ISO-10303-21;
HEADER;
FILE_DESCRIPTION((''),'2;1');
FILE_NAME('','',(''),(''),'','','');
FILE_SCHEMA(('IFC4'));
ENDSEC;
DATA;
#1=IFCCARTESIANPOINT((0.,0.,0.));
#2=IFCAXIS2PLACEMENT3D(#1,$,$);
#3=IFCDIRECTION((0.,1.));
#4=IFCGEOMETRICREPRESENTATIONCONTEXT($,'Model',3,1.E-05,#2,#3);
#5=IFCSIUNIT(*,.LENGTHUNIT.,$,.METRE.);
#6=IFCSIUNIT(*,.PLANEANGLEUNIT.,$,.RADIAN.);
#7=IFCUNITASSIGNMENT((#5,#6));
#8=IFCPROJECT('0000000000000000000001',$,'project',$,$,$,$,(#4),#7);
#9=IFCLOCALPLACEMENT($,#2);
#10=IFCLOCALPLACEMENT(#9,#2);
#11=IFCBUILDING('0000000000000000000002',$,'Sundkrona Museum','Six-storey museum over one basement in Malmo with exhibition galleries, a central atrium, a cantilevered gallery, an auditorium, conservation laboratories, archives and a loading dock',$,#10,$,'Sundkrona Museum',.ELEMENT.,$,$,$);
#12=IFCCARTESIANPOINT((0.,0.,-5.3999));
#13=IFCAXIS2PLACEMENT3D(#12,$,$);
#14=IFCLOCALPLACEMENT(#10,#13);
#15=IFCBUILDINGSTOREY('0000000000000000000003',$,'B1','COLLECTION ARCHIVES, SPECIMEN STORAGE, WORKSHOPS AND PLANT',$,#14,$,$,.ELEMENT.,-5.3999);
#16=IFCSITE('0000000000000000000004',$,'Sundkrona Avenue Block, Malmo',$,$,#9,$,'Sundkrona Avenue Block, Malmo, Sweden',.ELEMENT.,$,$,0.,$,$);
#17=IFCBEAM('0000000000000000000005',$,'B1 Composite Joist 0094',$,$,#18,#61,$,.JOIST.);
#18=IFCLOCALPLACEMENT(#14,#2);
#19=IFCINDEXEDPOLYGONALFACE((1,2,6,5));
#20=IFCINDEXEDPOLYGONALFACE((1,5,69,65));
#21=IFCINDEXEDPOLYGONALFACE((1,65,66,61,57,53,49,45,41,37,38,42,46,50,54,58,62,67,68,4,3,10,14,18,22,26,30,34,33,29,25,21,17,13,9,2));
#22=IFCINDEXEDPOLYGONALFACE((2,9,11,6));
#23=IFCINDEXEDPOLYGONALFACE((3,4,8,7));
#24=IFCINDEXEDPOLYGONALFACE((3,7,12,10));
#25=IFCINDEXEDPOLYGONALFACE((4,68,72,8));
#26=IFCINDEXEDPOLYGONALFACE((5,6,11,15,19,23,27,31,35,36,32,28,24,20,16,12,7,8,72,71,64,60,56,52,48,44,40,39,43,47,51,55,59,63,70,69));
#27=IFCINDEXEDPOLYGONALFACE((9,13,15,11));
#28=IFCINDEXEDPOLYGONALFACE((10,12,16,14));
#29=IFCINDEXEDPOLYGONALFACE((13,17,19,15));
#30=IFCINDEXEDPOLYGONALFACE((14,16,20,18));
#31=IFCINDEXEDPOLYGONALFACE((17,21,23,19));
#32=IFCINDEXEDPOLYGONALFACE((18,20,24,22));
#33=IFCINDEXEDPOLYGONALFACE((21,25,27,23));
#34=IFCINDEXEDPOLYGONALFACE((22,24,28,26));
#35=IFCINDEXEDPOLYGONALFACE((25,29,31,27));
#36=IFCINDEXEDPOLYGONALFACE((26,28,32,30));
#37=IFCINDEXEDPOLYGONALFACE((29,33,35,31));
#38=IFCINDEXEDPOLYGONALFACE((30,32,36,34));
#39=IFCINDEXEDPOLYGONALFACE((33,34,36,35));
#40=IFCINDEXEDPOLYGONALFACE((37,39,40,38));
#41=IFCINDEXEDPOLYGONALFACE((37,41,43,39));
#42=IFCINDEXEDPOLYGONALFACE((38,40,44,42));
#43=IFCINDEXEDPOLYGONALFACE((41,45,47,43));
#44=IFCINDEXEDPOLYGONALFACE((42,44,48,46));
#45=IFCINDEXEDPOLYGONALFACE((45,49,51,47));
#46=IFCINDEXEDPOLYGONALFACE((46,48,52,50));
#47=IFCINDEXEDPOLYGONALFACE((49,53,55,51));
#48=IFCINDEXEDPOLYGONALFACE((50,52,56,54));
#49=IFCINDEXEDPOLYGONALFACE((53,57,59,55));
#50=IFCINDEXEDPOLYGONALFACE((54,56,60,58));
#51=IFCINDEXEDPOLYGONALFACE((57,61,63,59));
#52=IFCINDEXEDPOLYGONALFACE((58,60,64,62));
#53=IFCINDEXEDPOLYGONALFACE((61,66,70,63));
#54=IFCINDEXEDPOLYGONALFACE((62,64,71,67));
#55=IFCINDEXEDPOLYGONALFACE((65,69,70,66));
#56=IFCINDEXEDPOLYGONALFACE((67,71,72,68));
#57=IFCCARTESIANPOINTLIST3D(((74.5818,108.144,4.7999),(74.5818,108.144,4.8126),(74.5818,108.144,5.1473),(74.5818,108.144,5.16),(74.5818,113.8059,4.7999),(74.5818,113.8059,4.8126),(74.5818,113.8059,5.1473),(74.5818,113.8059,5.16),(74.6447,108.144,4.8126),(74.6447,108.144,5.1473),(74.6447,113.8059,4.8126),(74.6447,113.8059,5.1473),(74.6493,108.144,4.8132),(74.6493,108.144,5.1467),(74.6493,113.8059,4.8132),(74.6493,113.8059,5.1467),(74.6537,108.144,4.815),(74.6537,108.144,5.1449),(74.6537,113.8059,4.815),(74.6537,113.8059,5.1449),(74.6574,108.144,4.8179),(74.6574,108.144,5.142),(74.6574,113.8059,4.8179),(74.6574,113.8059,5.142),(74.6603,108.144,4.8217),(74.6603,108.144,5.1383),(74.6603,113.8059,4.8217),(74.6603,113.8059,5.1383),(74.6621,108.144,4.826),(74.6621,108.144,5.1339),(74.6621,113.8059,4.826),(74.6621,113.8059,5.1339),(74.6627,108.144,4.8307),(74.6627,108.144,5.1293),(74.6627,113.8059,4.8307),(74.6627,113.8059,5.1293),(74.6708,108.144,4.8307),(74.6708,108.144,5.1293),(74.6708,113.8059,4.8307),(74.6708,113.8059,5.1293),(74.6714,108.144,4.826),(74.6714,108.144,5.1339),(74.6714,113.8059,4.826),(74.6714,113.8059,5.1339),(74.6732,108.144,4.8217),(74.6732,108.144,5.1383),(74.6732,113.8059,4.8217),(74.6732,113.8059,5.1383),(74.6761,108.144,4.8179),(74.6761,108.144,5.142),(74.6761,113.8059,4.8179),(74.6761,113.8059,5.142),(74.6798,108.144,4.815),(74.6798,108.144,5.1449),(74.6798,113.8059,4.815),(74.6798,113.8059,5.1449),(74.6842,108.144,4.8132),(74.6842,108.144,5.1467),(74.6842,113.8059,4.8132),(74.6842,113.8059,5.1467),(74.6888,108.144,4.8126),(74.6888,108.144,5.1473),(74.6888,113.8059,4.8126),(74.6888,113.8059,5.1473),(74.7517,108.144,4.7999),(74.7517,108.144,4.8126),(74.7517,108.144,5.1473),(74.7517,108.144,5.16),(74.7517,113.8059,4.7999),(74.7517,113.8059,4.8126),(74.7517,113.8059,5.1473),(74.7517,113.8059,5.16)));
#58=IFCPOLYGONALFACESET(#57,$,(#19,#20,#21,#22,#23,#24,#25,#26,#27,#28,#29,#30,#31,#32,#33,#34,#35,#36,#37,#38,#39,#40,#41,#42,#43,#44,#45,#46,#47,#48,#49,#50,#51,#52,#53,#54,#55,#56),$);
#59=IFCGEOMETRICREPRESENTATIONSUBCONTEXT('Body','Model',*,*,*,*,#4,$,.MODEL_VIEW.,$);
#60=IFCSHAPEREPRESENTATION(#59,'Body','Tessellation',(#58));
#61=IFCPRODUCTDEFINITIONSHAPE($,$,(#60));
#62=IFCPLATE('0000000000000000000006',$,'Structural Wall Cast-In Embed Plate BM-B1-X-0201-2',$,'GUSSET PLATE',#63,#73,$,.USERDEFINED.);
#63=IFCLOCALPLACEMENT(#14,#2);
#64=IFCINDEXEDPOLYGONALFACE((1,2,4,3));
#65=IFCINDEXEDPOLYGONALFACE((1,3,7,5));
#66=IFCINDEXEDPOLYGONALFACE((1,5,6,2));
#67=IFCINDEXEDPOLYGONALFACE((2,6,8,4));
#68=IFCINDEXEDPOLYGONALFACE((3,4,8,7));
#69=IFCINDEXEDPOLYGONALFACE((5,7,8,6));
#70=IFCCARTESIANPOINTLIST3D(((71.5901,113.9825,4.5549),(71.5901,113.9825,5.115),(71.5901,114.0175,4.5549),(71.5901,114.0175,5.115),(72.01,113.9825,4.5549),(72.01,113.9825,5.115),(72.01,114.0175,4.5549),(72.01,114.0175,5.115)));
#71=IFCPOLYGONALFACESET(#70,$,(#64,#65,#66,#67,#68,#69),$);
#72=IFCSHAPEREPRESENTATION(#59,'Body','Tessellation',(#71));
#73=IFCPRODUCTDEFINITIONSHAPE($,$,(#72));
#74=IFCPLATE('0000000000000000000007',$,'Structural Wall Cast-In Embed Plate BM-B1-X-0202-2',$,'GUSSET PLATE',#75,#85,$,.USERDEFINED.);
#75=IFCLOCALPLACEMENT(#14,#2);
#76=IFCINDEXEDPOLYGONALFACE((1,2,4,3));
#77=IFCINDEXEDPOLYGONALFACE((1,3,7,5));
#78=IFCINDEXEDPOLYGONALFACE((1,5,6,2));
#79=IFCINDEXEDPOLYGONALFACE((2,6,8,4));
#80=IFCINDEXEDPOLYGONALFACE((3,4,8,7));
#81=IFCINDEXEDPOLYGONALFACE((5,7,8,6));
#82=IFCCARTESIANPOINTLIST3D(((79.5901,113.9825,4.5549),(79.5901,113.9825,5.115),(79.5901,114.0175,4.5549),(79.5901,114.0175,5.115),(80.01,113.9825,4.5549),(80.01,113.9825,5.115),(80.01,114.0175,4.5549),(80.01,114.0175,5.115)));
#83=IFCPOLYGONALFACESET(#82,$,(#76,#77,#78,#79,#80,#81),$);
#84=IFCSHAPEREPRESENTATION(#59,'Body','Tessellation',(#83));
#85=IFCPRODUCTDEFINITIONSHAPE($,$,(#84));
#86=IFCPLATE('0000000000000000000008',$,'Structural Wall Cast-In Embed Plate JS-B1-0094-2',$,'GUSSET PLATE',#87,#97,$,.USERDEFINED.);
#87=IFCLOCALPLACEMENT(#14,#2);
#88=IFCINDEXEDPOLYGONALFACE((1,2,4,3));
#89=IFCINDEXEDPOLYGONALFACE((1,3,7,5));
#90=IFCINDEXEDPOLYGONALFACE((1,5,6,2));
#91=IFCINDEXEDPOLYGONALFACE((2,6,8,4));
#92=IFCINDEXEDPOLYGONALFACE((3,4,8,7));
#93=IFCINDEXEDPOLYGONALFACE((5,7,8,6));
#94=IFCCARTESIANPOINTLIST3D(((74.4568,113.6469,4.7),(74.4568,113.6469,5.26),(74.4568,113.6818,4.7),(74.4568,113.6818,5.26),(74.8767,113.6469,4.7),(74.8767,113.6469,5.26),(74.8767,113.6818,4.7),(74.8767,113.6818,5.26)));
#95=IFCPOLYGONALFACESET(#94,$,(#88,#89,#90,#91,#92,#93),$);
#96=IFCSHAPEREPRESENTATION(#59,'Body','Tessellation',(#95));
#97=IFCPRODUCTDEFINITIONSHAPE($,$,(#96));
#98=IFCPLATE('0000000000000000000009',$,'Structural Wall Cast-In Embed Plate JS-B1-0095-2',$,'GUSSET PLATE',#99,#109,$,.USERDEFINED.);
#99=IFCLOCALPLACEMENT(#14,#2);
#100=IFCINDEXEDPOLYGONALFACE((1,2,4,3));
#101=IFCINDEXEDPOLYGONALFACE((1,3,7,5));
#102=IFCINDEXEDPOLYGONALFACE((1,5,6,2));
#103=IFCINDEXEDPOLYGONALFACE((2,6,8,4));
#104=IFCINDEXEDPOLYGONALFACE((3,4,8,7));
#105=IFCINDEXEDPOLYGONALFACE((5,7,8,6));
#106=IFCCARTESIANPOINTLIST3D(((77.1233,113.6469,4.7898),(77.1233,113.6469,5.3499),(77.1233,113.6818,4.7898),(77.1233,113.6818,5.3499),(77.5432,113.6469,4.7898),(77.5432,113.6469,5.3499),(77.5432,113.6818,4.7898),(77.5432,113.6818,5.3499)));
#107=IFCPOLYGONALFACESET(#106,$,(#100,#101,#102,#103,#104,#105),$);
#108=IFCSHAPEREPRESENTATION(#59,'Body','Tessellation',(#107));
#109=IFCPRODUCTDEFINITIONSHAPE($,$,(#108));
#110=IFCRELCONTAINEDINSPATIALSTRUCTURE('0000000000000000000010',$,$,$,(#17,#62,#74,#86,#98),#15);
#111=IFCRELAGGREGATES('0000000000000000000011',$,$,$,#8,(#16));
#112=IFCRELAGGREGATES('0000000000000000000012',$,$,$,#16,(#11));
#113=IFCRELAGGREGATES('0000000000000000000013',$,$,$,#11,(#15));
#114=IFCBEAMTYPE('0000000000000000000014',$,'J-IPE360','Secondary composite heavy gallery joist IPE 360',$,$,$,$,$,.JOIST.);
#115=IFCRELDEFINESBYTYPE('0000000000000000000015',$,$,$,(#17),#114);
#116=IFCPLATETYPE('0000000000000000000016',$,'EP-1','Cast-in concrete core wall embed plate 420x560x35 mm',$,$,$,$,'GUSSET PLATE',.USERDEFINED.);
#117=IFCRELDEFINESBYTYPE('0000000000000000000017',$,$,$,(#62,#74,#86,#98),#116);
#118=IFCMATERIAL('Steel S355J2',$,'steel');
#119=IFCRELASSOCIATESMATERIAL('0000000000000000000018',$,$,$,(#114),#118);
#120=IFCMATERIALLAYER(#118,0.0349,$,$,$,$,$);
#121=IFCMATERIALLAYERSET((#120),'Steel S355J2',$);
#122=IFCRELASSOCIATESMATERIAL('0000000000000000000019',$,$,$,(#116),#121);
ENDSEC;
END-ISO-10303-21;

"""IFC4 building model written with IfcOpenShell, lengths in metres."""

from ifc_helpers import new_model, si_unit, direction, frame, origin, origin_2d, place, context, subcontext, project, spatial, rectangle, i_section, extrude, material, layer, layer_set, material_profile, profile_set, type_object, element, save


model = new_model("IFC4")

# Units and contexts
model_context = context("Model", 3, precision=1e-05, world=origin(), true_north=direction((0.0, 1.0)))
body_context = subcontext(model_context, "Body", "Model", "MODEL_VIEW")
ifc_project = project(units=[si_unit("LENGTHUNIT", "METRE"), si_unit("PLANEANGLEUNIT", "RADIAN")], contexts=[model_context])

# Site, building, storey
site_placement = place(None, origin())
site = spatial("IfcSite", under=ifc_project, at=site_placement, Name="Sundkrona Avenue Block, Malmo", LongName="Sundkrona Avenue Block, Malmo, Sweden", CompositionType="ELEMENT", RefElevation=0.0)
building_placement = place(site_placement, origin())
building = spatial("IfcBuilding", under=site, at=building_placement, Name="Sundkrona Museum", Description="Six-storey museum over one basement in Malmo with exhibition galleries, a central atrium, a cantilevered gallery, an auditorium, conservation laboratories, archives and a loading dock", LongName="Sundkrona Museum", CompositionType="ELEMENT")
storey_placement = place(building_placement, frame((0.0, 0.0, -5.3999)))
storey = spatial("IfcBuildingStorey", under=building, at=storey_placement, Name="B1", Description="COLLECTION ARCHIVES, SPECIMEN STORAGE, WORKSHOPS AND PLANT", CompositionType="ELEMENT", Elevation=-5.3999)

# Beam
ifc_material_1 = material(Name="Steel S355J2", Category="steel")
ifc_material_profile_1 = material_profile(ifc_material_1, i_section(OverallWidth=0.1699, OverallDepth=0.3601, WebThickness=0.0081, FlangeThickness=0.0127, FilletRadius=0.0181, at=origin_2d()), Name="IPE 360")
ifc_profile_set_1 = profile_set([ifc_material_profile_1], Name="Steel S355J2")
beam_type_1 = type_object("IfcBeamType", Name="J-IPE360", Description="Secondary composite heavy gallery joist IPE 360", PredefinedType="JOIST", material=ifc_profile_set_1)
beam_1_placement = place(storey_placement, frame((74.6667, 108.144, 4.98), z_axis=(0.0, 1.0, 0.0), x_axis=(-1.0, 0.0, 0.0)))
element("IfcBeam", 1, at=beam_1_placement, inside=storey, type_object=beam_type_1, Name="B1 Composite Joist 0094", PredefinedType="JOIST", context=body_context, shape_type="SweptSolid", body=[
    extrude(i_section(OverallWidth=0.1699, OverallDepth=0.3601, WebThickness=0.0081, FlangeThickness=0.0127, FilletRadius=0.0181, at=origin_2d()), origin(), (0.0, 0.0, 1.0), 5.6619),
])

# Plates
ifc_layer = layer(ifc_material_1, 0.0349)
ifc_layer_set = layer_set([ifc_layer], Name="Steel S355J2")
plate_type = type_object("IfcPlateType", Name="EP-1", Description="Cast-in concrete core wall embed plate 420x560x35 mm", ElementType="GUSSET PLATE", PredefinedType="USERDEFINED", material=ifc_layer_set)
for number, where, z_axis, x_axis, name in (
    (2, (71.8, 114.0, 4.5549), (0.0, 0.0, 1.0), (1.0, 0.0, 0.0), "Structural Wall Cast-In Embed Plate BM-B1-X-0201-2"),
    (3, (79.8, 114.0, 4.5549), (0.0, 0.0, 1.0), (1.0, 0.0, 0.0), "Structural Wall Cast-In Embed Plate BM-B1-X-0202-2"),
    (4, (74.6667, 113.6643, 4.7), (0.0, 0.0, 1.0), (1.0, 0.0, 0.0), "Structural Wall Cast-In Embed Plate JS-B1-0094-2"),
    (5, (77.3333, 113.6643, 4.7898), (0.0, 0.0, 1.0), (1.0, 0.0, 0.0), "Structural Wall Cast-In Embed Plate JS-B1-0095-2"),
):
    element("IfcPlate", number, at=place(storey_placement, frame(where, z_axis=z_axis, x_axis=x_axis)), inside=storey, type_object=plate_type, Name=name, ObjectType="GUSSET PLATE", PredefinedType="USERDEFINED", context=body_context, shape_type="SweptSolid", body=[
        extrude(rectangle(XDim=0.4199, YDim=0.0349, at=origin_2d()), origin(), (0.0, 0.0, 1.0), 0.5601),
    ])

save(model, "model.ifc")
